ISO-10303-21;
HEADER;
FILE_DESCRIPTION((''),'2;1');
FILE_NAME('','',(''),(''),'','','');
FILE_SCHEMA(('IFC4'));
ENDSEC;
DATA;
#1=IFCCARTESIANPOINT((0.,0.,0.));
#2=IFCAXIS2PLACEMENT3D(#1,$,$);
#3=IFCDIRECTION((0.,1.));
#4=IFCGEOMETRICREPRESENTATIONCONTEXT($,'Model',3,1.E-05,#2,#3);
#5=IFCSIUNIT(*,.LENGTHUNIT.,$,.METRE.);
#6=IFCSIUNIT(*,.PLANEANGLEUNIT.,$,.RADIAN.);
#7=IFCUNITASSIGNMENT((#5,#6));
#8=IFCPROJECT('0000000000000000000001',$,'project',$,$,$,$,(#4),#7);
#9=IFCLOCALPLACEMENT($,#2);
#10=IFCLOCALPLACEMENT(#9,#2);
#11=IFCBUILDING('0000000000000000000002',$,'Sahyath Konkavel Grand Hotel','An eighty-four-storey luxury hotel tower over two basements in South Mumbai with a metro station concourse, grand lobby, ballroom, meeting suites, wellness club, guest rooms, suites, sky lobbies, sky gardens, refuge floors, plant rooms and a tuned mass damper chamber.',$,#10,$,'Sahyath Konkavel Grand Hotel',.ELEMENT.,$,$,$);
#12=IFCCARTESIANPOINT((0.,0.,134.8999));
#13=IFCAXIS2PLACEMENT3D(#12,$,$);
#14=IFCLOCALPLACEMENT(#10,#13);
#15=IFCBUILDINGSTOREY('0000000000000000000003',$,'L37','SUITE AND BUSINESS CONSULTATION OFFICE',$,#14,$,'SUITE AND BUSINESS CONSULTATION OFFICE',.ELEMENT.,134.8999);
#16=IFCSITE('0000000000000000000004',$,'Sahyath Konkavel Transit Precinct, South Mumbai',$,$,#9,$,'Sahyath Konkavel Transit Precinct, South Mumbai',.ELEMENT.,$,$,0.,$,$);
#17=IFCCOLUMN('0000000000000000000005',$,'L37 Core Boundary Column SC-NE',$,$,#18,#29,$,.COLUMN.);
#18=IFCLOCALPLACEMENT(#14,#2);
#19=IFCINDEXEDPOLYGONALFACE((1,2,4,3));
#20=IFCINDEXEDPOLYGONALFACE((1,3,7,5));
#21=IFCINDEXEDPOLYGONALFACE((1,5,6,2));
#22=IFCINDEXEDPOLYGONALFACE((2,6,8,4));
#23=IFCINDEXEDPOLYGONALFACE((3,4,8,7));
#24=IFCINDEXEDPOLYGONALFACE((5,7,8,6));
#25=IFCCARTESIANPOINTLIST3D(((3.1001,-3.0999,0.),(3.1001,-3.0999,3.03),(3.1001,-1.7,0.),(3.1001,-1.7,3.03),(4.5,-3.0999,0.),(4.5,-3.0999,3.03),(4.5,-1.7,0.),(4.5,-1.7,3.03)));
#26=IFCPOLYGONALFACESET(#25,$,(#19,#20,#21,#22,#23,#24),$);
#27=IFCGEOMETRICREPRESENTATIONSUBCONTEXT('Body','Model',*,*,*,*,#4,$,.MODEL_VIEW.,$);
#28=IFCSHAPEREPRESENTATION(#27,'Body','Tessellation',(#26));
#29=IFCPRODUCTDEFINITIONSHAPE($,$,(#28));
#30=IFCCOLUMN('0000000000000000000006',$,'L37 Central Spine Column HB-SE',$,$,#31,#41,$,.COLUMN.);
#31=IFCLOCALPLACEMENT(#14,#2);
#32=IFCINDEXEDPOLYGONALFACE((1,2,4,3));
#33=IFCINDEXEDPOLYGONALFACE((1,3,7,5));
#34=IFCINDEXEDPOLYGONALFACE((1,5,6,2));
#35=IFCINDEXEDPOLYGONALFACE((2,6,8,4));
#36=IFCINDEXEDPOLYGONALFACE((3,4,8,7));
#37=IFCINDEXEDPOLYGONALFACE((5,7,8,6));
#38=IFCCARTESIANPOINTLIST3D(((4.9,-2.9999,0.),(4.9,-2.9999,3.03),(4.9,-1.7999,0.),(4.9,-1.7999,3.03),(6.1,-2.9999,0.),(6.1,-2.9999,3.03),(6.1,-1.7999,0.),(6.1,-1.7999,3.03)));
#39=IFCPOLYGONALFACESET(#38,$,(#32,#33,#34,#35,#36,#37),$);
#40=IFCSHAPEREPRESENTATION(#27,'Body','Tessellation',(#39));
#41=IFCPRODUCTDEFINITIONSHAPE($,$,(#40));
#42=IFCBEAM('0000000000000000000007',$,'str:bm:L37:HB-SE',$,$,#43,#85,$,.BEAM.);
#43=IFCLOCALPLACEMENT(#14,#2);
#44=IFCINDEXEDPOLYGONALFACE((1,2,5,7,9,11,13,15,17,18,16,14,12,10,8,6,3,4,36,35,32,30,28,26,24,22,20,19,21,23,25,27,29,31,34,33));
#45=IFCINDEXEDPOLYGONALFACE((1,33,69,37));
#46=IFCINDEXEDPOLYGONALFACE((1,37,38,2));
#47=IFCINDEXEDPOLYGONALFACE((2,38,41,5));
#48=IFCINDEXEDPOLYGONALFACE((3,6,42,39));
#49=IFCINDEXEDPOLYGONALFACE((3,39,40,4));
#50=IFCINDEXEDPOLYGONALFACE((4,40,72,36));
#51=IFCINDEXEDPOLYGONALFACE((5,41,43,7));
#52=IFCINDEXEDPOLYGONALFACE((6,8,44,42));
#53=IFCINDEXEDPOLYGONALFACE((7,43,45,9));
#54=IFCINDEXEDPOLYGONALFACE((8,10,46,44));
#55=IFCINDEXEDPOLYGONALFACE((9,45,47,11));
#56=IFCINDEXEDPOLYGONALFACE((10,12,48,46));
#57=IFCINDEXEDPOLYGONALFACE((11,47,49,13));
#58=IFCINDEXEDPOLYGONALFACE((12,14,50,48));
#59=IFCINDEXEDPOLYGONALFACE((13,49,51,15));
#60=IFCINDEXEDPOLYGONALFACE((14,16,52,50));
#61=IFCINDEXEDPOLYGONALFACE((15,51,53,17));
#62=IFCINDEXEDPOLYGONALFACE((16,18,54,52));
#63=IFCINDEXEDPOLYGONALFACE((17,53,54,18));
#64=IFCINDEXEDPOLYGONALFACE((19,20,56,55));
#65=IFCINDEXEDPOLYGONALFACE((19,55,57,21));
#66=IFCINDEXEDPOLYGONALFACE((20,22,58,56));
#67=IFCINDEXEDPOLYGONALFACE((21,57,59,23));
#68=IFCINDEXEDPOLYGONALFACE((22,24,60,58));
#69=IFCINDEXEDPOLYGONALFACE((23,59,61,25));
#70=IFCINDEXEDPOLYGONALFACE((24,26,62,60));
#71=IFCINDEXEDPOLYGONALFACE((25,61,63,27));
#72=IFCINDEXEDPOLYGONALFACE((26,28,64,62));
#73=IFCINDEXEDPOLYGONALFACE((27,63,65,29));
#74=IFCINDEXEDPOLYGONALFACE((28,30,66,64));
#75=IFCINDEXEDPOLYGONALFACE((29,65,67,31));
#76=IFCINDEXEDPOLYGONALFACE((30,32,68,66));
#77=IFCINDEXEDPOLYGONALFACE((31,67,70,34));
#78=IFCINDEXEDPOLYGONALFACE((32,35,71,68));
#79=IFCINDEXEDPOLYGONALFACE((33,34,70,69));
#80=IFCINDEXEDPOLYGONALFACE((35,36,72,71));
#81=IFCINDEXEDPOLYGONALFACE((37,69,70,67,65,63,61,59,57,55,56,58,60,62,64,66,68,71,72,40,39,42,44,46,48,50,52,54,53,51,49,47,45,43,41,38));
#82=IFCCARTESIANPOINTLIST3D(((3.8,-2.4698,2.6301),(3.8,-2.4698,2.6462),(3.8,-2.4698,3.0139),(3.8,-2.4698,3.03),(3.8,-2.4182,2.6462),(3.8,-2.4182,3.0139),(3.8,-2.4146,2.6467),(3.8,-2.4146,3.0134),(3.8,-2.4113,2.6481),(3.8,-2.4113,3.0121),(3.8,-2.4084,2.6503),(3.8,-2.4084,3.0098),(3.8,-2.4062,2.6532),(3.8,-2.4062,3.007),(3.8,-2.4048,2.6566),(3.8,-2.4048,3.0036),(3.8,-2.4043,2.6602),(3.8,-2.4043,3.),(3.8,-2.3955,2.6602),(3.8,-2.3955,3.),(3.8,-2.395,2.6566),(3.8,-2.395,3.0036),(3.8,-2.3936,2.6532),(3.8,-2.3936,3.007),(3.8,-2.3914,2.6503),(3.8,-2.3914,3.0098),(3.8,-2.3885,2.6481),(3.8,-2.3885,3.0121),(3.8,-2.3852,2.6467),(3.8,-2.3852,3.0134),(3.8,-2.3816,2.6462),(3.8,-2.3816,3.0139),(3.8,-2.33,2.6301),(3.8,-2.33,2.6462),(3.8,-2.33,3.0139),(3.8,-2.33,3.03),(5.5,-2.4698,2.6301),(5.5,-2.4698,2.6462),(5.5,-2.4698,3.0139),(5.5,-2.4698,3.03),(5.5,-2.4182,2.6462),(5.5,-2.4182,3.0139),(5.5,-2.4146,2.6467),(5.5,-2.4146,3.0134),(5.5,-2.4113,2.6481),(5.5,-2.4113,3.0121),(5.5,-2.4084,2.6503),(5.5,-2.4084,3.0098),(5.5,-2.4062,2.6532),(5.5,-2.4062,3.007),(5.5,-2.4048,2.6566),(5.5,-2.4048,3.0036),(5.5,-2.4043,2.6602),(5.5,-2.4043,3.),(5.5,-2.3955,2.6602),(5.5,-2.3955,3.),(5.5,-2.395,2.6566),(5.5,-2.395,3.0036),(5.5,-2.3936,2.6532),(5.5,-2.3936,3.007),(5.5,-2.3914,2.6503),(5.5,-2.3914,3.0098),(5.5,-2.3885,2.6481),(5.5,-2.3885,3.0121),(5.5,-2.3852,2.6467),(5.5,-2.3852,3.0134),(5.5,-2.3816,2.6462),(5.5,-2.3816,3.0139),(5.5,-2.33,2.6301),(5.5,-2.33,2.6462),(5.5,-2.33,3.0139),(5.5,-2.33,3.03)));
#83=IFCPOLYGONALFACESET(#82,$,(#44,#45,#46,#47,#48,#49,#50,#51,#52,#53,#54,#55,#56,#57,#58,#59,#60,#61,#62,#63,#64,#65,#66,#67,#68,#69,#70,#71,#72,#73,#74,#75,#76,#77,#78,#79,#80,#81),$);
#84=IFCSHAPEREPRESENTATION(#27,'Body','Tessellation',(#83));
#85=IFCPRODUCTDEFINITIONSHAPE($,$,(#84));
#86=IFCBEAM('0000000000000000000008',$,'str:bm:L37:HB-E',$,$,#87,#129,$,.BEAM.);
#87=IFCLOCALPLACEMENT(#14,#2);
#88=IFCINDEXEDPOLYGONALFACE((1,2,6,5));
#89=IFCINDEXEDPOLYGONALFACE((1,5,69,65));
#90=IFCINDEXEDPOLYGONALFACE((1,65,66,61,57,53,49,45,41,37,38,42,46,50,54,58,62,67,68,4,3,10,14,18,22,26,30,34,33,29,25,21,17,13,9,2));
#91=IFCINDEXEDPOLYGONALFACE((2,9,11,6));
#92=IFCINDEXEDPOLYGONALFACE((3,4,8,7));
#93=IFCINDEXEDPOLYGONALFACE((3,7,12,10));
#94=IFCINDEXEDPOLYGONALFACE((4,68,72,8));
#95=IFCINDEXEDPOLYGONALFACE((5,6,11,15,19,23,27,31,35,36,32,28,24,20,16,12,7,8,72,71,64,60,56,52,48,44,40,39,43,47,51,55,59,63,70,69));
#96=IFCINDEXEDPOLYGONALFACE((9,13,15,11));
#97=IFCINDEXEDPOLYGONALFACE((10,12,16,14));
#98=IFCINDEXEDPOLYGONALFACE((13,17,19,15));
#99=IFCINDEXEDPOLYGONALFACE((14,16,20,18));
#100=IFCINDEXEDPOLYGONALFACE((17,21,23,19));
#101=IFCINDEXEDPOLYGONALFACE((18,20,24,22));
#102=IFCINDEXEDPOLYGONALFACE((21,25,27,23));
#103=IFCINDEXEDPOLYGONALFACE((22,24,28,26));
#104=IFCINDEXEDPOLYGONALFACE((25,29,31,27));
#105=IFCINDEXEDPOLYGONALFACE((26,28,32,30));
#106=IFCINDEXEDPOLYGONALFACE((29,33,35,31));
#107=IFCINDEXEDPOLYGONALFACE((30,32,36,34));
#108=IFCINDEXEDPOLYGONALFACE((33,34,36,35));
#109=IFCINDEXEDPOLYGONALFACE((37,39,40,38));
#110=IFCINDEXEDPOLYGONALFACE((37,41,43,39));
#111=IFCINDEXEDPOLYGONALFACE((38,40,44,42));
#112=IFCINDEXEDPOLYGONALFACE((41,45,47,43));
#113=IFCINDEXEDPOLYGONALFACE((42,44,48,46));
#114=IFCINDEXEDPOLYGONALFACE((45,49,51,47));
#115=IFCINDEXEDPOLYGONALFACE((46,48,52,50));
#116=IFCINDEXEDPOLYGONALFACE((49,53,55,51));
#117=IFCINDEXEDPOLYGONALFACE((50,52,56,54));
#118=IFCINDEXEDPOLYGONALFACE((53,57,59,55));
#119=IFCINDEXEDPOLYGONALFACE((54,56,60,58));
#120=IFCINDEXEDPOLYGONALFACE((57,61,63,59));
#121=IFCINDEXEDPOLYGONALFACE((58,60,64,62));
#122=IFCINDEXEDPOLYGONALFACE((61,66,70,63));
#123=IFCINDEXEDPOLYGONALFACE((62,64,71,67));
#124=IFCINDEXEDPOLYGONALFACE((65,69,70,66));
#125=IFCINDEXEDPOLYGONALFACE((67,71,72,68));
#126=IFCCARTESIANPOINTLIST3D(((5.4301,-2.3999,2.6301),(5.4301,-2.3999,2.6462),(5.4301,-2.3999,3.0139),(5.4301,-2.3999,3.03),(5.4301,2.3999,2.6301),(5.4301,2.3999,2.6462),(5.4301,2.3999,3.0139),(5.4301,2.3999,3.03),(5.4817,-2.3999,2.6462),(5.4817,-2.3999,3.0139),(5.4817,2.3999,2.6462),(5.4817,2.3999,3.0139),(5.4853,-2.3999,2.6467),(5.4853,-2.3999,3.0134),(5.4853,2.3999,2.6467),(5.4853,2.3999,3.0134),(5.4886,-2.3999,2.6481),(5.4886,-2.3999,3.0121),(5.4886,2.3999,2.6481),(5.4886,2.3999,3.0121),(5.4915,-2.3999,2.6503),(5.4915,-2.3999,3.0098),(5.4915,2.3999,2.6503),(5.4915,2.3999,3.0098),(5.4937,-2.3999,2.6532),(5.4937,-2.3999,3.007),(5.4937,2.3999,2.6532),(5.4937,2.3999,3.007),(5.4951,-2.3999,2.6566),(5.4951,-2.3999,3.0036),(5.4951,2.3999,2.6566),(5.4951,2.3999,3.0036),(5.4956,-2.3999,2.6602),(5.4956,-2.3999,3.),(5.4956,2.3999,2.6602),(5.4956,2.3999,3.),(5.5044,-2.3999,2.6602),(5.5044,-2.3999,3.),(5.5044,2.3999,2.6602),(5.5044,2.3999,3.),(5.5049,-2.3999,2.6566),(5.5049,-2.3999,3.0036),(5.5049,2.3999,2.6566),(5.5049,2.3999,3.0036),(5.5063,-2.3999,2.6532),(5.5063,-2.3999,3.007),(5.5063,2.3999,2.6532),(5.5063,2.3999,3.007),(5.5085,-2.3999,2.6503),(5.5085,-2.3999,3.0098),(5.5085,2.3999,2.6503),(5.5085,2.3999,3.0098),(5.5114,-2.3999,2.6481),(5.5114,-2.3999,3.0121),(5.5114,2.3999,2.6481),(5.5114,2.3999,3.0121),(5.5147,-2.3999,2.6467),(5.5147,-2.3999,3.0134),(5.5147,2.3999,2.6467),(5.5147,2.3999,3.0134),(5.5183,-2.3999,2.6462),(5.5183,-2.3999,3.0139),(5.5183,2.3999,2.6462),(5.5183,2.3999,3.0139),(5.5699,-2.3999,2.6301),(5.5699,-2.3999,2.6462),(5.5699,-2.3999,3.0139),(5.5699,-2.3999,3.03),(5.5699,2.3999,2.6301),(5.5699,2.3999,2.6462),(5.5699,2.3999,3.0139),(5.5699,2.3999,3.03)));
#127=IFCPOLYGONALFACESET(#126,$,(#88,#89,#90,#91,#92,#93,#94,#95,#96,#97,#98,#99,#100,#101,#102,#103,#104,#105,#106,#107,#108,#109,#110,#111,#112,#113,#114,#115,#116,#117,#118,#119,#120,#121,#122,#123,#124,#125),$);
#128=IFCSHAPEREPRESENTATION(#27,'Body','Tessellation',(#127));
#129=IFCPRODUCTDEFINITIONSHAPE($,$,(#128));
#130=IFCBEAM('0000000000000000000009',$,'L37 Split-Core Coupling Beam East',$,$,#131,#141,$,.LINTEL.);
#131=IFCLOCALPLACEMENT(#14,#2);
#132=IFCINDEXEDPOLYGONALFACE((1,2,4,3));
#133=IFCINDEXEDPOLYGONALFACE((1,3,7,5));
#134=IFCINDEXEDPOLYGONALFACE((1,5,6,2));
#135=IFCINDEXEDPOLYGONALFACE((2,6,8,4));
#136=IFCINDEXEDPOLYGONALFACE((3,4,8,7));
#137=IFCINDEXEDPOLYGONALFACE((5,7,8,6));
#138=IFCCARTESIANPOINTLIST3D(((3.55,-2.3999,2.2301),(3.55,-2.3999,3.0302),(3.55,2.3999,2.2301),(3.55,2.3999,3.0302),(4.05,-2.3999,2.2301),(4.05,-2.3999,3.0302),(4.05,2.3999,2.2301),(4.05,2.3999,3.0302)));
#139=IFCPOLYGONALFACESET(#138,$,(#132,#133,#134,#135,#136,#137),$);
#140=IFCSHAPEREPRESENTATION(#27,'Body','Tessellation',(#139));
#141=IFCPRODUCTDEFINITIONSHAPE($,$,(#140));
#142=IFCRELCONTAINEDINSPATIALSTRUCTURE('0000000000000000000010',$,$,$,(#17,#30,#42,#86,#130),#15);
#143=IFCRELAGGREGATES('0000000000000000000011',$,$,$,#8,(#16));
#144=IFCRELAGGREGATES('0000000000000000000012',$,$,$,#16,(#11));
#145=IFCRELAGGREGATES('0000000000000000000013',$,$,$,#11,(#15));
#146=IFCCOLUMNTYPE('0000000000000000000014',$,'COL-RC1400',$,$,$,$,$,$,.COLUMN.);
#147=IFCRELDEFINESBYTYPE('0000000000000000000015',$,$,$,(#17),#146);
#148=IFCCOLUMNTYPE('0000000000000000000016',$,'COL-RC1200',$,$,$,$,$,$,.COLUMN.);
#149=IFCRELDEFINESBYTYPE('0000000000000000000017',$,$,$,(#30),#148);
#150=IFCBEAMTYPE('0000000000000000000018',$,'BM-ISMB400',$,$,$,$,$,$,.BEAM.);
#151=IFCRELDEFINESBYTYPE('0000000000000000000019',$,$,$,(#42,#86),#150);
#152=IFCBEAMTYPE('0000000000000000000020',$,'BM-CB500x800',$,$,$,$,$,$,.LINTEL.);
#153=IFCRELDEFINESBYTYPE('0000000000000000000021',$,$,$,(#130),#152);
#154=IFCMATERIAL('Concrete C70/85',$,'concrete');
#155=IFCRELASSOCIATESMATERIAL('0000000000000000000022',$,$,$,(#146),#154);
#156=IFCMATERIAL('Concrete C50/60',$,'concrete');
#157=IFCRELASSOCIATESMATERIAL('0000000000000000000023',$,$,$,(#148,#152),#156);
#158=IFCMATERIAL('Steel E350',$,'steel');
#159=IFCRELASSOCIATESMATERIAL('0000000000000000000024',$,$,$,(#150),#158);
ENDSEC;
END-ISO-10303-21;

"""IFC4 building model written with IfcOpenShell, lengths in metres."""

from ifc_helpers import new_model, si_unit, direction, frame, origin, origin_2d, place, context, subcontext, project, spatial, rectangle, i_section, extrude, source, transform, mapped, material, material_profile, profile_set, type_object, element, save


model = new_model("IFC4")

# Units and contexts
model_context = context("Model", 3, precision=1e-05, world=origin(), true_north=direction((0.0, 1.0)))
body_context = subcontext(model_context, "Body", "Model", "MODEL_VIEW")
ifc_project = project(units=[si_unit("LENGTHUNIT", "METRE"), si_unit("PLANEANGLEUNIT", "RADIAN")], contexts=[model_context])

# Site, building, storey
site_placement = place(None, origin())
site = spatial("IfcSite", under=ifc_project, at=site_placement, Name="Sahyath Konkavel Transit Precinct, South Mumbai", LongName="Sahyath Konkavel Transit Precinct, South Mumbai", CompositionType="ELEMENT", RefElevation=0.0)
building_placement = place(site_placement, origin())
building = spatial("IfcBuilding", under=site, at=building_placement, Name="Sahyath Konkavel Grand Hotel", Description="An eighty-four-storey luxury hotel tower over two basements in South Mumbai with a metro station concourse, grand lobby, ballroom, meeting suites, wellness club, guest rooms, suites, sky lobbies, sky gardens, refuge floors, plant rooms and a tuned mass damper chamber.", LongName="Sahyath Konkavel Grand Hotel", CompositionType="ELEMENT")
storey_placement = place(building_placement, frame((0.0, 0.0, 134.8999)))
storey = spatial("IfcBuildingStorey", under=building, at=storey_placement, Name="L37", Description="SUITE AND BUSINESS CONSULTATION OFFICE", LongName="SUITE AND BUSINESS CONSULTATION OFFICE", CompositionType="ELEMENT", Elevation=134.8999)

# Columns
ifc_material_1 = material(Name="Concrete C70/85", Category="concrete")
ifc_material_profile_1 = material_profile(ifc_material_1, rectangle(XDim=1.3999, YDim=1.3999, at=origin_2d()), Name="RC 1400x1400")
ifc_profile_set_1 = profile_set([ifc_material_profile_1], Name="Concrete C70/85")
column_type_1 = type_object("IfcColumnType", Name="COL-RC1400", PredefinedType="COLUMN", material=ifc_profile_set_1)
shared_shape_1 = source(origin(), body_context, "Body", "SweptSolid", [
    extrude(rectangle(XDim=1.3999, YDim=1.3999, at=origin_2d()), origin(), (0.0, 0.0, 1.0), 3.03),
])
column_1_placement = place(storey_placement, frame((3.8, -2.3999, 0.0), z_axis=(0.0, 0.0, 1.0), x_axis=(1.0, 0.0, 0.0)))
element("IfcColumn", 1, at=column_1_placement, inside=storey, type_object=column_type_1, Name="L37 Core Boundary Column SC-NE", PredefinedType="COLUMN", context=body_context, shape_type="MappedRepresentation", body=[
    mapped(shared_shape_1, transform((0.0, 0.0, 0.0), scale=1.0)),
])
ifc_material_2 = material(Name="Concrete C50/60", Category="concrete")
ifc_material_profile_2 = material_profile(ifc_material_2, rectangle(XDim=1.2, YDim=1.2, at=origin_2d()), Name="RC 1200x1200")
ifc_profile_set_2 = profile_set([ifc_material_profile_2], Name="Concrete C50/60")
column_type_2 = type_object("IfcColumnType", Name="COL-RC1200", PredefinedType="COLUMN", material=ifc_profile_set_2)
shared_shape_2 = source(origin(), body_context, "Body", "SweptSolid", [
    extrude(rectangle(XDim=1.2, YDim=1.2, at=origin_2d()), origin(), (0.0, 0.0, 1.0), 3.03),
])
column_2_placement = place(storey_placement, frame((5.5, -2.3999, 0.0), z_axis=(0.0, 0.0, 1.0), x_axis=(1.0, 0.0, 0.0)))
element("IfcColumn", 2, at=column_2_placement, inside=storey, type_object=column_type_2, Name="L37 Central Spine Column HB-SE", PredefinedType="COLUMN", context=body_context, shape_type="MappedRepresentation", body=[
    mapped(shared_shape_2, transform((0.0, 0.0, 0.0), scale=1.0)),
])

# Beams
ifc_material_3 = material(Name="Steel E350", Category="steel")
ifc_material_profile_3 = material_profile(ifc_material_3, i_section(OverallWidth=0.1399, OverallDepth=0.3999, WebThickness=0.0088, FlangeThickness=0.0161, FilletRadius=0.0139, at=origin_2d()), Name="ISMB 400")
ifc_profile_set_3 = profile_set([ifc_material_profile_3], Name="Steel E350")
beam_type_1 = type_object("IfcBeamType", Name="BM-ISMB400", PredefinedType="BEAM", material=ifc_profile_set_3)
shared_shape_3 = source(origin(), body_context, "Body", "SweptSolid", [
    extrude(i_section(OverallWidth=0.1399, OverallDepth=0.3999, WebThickness=0.0088, FlangeThickness=0.0161, FilletRadius=0.0139, at=origin_2d()), origin(), (0.0, 0.0, 1.0), 1.7),
])
beam_1_placement = place(storey_placement, frame((3.8, -2.3999, 2.8301), z_axis=(1.0, 0.0, 0.0), x_axis=(0.0, 1.0, 0.0)))
element("IfcBeam", 3, at=beam_1_placement, inside=storey, type_object=beam_type_1, Name="str:bm:L37:HB-SE", PredefinedType="BEAM", context=body_context, shape_type="MappedRepresentation", body=[
    mapped(shared_shape_3, transform((0.0, 0.0, 0.0), scale=1.0)),
])
shared_shape_4 = source(origin(), body_context, "Body", "SweptSolid", [
    extrude(i_section(OverallWidth=0.1399, OverallDepth=0.3999, WebThickness=0.0088, FlangeThickness=0.0161, FilletRadius=0.0139, at=origin_2d()), origin(), (0.0, 0.0, 1.0), 4.7998),
])
beam_2_placement = place(storey_placement, frame((5.5, -2.3999, 2.8301), z_axis=(0.0, 1.0, 0.0), x_axis=(-1.0, 0.0, 0.0)))
element("IfcBeam", 4, at=beam_2_placement, inside=storey, type_object=beam_type_1, Name="str:bm:L37:HB-E", PredefinedType="BEAM", context=body_context, shape_type="MappedRepresentation", body=[
    mapped(shared_shape_4, transform((0.0, 0.0, 0.0), scale=1.0)),
])
ifc_material_profile_4 = material_profile(ifc_material_2, rectangle(XDim=0.5, YDim=0.8, at=origin_2d()), Name="RC 500x800")
ifc_profile_set_4 = profile_set([ifc_material_profile_4], Name="Concrete C50/60")
beam_type_2 = type_object("IfcBeamType", Name="BM-CB500x800", PredefinedType="LINTEL", material=ifc_profile_set_4)
shared_shape_5 = source(origin(), body_context, "Body", "SweptSolid", [
    extrude(rectangle(XDim=0.5, YDim=0.8, at=origin_2d()), origin(), (0.0, 0.0, 1.0), 4.7998),
])
beam_3_placement = place(storey_placement, frame((3.8, -2.3999, 2.6301), z_axis=(0.0, 1.0, 0.0), x_axis=(-1.0, 0.0, 0.0)))
element("IfcBeam", 5, at=beam_3_placement, inside=storey, type_object=beam_type_2, Name="L37 Split-Core Coupling Beam East", PredefinedType="LINTEL", context=body_context, shape_type="MappedRepresentation", body=[
    mapped(shared_shape_5, transform((0.0, 0.0, 0.0), scale=1.0)),
])

save(model, "model.ifc")
